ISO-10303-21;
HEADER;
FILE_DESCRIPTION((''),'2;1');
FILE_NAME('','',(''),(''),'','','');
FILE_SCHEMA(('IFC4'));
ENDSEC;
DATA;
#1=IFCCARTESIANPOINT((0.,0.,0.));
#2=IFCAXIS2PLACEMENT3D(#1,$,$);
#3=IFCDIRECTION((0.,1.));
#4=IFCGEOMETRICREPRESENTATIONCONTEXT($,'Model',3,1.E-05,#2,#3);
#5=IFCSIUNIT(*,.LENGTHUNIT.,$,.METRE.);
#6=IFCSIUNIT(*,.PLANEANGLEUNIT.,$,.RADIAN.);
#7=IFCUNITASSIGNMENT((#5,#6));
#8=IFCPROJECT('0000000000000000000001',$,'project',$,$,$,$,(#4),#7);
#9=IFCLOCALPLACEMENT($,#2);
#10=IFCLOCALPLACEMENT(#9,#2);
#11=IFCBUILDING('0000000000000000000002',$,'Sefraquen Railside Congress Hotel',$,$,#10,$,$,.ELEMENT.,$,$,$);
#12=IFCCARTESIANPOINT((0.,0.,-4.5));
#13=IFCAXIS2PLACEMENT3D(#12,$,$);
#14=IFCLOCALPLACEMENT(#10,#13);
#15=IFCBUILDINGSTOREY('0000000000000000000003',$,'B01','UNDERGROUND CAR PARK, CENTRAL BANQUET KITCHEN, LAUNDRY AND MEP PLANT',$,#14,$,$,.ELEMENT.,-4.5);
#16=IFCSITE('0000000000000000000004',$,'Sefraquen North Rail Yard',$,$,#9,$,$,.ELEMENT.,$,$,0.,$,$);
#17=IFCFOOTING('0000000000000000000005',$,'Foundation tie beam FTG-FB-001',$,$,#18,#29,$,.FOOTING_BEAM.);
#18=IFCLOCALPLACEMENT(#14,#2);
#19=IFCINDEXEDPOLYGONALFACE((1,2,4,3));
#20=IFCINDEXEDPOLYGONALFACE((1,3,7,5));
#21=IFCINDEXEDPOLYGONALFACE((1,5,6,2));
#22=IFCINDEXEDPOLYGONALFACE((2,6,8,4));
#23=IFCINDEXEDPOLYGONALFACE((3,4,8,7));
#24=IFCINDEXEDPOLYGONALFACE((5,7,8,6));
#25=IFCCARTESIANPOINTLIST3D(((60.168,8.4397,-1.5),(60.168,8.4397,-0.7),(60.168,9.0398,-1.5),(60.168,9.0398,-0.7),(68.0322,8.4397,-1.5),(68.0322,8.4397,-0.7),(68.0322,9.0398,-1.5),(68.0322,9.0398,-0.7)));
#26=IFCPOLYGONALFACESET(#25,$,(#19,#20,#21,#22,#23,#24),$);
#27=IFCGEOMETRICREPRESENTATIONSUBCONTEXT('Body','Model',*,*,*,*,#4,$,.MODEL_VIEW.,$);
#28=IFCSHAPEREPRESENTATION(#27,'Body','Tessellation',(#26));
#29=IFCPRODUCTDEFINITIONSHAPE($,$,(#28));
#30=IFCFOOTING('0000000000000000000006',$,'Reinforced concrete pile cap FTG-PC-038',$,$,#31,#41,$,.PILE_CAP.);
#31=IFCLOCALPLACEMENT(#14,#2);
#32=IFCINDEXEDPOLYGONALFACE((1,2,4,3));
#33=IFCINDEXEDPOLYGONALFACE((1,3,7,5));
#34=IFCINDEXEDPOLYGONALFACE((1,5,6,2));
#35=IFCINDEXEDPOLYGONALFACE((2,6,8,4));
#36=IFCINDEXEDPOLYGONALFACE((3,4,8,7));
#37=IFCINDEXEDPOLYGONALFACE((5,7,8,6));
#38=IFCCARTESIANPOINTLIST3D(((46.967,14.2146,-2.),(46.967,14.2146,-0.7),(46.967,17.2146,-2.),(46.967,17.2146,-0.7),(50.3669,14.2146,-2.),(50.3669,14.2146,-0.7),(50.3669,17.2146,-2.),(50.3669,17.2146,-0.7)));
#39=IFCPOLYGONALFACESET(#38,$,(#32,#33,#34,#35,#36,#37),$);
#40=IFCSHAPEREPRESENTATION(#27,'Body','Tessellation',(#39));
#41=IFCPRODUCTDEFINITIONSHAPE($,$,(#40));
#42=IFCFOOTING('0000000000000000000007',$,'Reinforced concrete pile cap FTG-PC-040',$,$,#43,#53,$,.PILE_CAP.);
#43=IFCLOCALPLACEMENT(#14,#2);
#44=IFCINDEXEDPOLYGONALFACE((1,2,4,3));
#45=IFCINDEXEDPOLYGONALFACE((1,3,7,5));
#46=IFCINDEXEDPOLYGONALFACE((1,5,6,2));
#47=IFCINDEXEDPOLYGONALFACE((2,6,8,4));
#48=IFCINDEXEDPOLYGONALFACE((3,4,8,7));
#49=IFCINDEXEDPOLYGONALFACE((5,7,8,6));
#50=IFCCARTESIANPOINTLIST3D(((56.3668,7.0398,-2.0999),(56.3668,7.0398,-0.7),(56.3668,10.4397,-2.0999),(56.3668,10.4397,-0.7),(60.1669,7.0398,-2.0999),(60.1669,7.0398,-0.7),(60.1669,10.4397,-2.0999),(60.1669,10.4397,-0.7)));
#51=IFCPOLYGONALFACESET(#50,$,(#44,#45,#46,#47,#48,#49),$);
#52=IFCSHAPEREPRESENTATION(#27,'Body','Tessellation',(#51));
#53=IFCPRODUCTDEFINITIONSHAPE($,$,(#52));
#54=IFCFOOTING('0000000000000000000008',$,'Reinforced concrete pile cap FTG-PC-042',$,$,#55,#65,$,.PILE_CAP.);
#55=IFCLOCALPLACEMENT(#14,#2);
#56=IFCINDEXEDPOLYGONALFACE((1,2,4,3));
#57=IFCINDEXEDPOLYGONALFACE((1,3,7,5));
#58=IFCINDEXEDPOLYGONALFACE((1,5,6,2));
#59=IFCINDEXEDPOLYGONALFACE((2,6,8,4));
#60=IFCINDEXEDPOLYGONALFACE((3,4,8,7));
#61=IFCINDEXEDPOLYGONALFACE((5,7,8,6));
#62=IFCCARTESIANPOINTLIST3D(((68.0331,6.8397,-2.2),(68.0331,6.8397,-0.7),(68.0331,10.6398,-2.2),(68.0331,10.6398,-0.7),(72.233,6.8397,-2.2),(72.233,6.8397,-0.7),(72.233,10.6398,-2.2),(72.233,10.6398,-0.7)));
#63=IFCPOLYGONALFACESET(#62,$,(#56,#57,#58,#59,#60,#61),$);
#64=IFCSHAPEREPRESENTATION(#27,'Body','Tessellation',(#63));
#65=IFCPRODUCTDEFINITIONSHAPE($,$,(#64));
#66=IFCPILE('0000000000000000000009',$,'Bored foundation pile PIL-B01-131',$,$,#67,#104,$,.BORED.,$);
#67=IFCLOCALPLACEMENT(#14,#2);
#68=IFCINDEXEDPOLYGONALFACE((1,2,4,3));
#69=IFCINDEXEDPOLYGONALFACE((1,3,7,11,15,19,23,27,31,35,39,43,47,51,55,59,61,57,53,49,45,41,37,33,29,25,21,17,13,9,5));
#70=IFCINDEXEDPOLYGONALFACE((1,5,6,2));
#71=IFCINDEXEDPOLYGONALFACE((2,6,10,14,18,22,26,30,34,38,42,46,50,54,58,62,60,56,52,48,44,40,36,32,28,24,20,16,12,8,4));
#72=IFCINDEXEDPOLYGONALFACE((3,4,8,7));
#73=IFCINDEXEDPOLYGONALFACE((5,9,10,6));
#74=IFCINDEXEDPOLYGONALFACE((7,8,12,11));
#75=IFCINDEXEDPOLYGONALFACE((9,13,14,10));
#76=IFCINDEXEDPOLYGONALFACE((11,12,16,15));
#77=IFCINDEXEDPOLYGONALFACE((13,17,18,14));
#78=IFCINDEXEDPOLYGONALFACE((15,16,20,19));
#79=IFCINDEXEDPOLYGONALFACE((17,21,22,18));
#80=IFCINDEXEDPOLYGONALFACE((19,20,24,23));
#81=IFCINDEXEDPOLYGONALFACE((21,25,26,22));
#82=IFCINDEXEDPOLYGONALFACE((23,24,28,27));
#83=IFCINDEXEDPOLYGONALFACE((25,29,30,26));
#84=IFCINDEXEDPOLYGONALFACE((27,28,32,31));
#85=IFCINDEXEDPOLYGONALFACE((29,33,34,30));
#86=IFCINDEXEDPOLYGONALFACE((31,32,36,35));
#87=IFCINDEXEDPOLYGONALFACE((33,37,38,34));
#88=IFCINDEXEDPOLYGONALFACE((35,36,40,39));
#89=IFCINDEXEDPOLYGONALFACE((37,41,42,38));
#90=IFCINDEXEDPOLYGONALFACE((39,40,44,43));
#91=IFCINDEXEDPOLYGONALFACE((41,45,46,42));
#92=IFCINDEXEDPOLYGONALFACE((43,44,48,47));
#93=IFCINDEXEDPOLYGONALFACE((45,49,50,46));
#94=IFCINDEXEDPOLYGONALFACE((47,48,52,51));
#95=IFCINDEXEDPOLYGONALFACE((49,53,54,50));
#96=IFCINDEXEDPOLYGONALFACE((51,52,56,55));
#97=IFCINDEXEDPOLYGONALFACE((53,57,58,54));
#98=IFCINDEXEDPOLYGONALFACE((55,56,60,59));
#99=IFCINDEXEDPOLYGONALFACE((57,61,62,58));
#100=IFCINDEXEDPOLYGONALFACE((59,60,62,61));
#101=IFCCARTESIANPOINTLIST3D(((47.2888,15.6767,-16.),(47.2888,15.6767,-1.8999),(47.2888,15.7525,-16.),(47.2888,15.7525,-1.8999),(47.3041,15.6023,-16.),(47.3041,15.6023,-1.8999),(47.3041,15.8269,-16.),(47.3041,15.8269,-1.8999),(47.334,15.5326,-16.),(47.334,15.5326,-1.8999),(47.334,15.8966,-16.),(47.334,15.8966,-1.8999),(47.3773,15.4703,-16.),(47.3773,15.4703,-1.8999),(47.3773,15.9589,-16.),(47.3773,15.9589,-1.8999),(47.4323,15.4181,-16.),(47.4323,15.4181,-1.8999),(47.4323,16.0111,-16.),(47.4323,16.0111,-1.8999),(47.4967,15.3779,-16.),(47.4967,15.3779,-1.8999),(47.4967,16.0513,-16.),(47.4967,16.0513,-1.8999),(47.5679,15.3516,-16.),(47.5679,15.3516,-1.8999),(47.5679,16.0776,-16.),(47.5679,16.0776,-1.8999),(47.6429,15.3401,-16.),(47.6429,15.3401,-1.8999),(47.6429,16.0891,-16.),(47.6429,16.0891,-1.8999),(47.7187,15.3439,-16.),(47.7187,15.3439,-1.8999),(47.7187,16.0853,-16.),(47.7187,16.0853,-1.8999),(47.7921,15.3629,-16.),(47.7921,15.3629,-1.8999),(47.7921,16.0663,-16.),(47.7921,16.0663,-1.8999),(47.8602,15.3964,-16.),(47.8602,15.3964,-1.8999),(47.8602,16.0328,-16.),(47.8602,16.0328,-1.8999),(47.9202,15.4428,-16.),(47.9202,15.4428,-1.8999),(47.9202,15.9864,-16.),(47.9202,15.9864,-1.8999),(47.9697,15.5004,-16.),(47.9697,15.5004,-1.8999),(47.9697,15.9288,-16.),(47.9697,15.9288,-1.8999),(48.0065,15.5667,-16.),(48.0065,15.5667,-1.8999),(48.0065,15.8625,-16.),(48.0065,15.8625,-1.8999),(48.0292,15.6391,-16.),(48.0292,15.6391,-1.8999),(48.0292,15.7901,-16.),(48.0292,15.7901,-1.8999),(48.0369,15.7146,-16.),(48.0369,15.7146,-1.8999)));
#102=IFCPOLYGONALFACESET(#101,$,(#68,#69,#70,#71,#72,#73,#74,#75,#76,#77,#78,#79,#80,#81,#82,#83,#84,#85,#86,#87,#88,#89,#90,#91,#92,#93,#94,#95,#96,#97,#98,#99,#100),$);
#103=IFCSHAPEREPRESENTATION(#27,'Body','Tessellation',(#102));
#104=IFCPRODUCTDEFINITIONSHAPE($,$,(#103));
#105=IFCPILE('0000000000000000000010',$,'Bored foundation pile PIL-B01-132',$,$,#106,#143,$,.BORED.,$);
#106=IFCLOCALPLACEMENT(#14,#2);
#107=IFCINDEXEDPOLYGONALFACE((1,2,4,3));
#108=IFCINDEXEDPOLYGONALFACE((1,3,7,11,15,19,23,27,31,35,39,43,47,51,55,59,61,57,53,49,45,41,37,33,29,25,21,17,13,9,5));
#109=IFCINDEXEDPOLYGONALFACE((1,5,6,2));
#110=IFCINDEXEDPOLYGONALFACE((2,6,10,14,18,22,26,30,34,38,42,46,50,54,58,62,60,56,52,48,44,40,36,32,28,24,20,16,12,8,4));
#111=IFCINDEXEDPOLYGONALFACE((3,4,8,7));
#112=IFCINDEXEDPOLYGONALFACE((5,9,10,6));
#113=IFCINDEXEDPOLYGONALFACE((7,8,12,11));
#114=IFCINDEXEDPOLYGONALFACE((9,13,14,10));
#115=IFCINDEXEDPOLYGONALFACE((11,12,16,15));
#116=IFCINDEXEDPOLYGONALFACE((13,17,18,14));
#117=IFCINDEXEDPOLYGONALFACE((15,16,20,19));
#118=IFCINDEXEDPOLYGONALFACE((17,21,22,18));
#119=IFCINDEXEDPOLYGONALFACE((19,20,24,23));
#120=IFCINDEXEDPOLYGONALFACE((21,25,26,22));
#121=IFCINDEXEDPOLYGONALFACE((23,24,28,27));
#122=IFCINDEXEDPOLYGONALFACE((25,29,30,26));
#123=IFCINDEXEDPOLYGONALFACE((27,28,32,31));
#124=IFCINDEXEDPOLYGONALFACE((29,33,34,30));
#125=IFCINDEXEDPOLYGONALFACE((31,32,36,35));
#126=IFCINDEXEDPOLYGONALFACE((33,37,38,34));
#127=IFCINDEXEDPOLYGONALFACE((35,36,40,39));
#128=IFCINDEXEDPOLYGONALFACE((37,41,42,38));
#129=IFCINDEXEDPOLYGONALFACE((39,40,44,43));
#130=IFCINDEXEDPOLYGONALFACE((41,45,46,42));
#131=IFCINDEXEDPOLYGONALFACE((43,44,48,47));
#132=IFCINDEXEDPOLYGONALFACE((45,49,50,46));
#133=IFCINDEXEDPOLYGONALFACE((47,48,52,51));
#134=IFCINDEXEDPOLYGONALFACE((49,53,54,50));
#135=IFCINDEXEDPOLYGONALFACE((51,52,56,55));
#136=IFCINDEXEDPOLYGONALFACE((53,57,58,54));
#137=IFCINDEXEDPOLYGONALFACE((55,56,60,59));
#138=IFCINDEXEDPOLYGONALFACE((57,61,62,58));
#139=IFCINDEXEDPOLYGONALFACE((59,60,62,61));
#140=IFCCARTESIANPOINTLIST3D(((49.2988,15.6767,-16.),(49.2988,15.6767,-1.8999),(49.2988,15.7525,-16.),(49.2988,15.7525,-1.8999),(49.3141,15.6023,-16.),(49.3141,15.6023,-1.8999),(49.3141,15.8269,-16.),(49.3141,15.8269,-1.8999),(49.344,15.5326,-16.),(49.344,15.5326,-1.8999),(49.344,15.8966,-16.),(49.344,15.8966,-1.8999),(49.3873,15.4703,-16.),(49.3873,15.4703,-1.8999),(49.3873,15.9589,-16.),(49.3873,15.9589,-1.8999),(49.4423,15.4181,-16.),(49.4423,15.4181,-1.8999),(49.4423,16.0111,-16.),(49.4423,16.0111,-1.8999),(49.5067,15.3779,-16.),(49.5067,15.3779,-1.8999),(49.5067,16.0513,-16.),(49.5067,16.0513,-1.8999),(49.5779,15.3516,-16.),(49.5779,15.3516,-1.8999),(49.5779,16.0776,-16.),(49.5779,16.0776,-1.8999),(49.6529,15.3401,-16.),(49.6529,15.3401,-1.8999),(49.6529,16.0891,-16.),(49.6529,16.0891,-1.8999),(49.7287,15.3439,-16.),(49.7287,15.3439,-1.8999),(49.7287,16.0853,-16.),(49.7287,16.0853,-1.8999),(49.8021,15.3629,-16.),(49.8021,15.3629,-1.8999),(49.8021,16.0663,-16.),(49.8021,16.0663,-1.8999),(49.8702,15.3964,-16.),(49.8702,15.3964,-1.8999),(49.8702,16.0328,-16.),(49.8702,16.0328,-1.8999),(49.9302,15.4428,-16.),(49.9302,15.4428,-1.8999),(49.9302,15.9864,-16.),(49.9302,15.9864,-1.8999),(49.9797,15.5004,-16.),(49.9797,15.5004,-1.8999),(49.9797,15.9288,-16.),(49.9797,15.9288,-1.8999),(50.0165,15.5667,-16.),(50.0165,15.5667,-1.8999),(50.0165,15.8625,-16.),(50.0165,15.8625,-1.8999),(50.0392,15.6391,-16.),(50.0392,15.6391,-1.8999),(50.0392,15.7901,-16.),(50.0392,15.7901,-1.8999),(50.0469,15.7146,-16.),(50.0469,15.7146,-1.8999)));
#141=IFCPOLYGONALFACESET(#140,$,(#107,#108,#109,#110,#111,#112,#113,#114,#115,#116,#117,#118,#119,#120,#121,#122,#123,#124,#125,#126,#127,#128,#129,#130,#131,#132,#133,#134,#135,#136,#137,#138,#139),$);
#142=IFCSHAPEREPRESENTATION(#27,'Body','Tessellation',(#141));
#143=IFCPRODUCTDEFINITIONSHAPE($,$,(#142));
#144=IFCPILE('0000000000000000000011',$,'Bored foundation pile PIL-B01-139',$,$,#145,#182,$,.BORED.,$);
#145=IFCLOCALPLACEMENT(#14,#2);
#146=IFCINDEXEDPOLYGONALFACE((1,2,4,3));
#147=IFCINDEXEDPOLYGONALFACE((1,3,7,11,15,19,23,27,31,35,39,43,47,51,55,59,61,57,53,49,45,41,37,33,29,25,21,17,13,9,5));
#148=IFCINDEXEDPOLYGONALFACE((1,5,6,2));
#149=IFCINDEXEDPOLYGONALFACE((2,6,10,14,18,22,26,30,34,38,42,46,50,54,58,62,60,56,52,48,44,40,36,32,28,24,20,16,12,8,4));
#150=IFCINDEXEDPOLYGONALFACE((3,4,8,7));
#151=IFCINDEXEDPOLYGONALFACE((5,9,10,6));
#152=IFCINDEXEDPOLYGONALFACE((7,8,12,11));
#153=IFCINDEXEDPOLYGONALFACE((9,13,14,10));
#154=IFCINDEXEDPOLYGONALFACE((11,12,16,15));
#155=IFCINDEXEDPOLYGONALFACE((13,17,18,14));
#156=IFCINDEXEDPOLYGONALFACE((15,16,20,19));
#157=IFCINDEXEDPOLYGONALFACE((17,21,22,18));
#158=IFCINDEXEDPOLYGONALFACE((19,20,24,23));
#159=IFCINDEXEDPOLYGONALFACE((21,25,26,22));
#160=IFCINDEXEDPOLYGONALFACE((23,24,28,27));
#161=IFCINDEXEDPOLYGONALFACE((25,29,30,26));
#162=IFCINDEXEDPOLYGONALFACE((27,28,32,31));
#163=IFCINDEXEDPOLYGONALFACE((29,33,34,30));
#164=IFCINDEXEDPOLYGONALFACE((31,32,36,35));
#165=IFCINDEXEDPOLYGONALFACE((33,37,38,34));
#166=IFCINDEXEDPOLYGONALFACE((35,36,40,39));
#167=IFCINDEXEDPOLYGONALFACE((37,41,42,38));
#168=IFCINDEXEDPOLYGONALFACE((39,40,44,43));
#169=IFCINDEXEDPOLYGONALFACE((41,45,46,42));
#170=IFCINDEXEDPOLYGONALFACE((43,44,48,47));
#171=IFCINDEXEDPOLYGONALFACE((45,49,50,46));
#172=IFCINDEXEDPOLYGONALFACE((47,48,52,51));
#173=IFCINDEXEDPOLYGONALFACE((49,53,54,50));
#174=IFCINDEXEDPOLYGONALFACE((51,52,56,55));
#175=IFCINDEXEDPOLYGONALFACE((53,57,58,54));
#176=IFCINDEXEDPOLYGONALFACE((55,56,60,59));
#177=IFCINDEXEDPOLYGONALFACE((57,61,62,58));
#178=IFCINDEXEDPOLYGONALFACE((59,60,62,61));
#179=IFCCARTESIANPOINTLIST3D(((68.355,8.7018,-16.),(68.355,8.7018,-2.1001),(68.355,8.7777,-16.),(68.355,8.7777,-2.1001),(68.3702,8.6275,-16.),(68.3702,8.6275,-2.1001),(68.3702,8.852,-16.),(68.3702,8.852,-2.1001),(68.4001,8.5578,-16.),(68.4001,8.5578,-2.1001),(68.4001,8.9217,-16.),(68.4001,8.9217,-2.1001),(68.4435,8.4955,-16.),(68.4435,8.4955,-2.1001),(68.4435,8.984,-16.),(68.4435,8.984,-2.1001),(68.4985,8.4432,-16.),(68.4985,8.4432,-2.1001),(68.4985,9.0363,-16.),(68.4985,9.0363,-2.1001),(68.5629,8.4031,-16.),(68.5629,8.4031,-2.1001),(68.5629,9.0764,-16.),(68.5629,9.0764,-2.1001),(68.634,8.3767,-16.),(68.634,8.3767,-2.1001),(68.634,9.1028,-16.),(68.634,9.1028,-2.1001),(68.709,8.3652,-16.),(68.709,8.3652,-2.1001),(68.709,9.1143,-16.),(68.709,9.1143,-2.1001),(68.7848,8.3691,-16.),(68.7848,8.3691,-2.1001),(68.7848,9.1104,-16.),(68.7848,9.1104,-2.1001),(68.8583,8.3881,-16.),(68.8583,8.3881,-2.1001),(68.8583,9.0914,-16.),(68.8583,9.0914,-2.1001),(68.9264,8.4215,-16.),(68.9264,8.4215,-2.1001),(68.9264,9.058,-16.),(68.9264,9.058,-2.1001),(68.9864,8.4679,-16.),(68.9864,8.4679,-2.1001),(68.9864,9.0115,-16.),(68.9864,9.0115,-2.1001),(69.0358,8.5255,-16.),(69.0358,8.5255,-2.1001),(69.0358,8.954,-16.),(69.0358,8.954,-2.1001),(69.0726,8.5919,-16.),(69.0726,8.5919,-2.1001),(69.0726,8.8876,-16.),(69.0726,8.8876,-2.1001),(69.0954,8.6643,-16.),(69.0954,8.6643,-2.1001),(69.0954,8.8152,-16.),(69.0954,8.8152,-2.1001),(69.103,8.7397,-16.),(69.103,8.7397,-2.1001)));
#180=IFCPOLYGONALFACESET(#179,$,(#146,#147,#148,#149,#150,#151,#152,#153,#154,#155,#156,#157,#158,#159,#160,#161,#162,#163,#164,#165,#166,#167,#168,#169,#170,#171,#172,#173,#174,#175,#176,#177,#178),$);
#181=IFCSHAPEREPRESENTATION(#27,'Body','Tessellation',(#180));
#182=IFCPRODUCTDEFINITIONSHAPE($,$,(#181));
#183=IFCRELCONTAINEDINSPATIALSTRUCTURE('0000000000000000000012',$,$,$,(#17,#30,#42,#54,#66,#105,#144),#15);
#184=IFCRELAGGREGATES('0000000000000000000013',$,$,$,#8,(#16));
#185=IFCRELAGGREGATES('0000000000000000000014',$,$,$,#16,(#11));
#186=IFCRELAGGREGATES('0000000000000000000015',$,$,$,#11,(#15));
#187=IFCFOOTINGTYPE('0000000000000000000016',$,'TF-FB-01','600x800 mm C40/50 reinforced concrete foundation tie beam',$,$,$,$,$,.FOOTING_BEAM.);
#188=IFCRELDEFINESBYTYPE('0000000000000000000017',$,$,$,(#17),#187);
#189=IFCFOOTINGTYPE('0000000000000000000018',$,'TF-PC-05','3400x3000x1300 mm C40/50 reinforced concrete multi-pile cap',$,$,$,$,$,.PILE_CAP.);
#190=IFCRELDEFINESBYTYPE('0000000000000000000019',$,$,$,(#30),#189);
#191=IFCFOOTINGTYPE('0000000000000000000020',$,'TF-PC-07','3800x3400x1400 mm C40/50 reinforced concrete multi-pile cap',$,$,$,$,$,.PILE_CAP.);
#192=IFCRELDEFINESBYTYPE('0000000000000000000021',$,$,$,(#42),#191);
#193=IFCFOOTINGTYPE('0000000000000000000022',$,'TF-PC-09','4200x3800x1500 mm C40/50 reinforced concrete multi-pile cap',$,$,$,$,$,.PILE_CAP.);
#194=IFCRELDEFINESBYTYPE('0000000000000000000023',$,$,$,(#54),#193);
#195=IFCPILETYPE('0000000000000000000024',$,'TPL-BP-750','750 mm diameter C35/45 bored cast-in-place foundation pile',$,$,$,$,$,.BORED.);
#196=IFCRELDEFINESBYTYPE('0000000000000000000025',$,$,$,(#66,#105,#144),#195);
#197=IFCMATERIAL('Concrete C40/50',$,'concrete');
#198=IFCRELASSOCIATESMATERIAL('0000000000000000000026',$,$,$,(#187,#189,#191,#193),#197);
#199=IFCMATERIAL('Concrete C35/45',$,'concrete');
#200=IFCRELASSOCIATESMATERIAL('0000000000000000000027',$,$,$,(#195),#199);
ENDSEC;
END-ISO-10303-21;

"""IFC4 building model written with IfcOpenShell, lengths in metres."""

from ifc_helpers import new_model, si_unit, direction, frame, origin, origin_2d, place, context, subcontext, project, spatial, rectangle, circle, extrude, material, material_profile, profile_set, type_object, element, save


model = new_model("IFC4")

# Units and contexts
model_context = context("Model", 3, precision=1e-05, world=origin(), true_north=direction((0.0, 1.0)))
body_context = subcontext(model_context, "Body", "Model", "MODEL_VIEW")
ifc_project = project(units=[si_unit("LENGTHUNIT", "METRE"), si_unit("PLANEANGLEUNIT", "RADIAN")], contexts=[model_context])

# Site, building, storey
site_placement = place(None, origin())
site = spatial("IfcSite", under=ifc_project, at=site_placement, Name="Sefraquen North Rail Yard", CompositionType="ELEMENT", RefElevation=0.0)
building_placement = place(site_placement, origin())
building = spatial("IfcBuilding", under=site, at=building_placement, Name="Sefraquen Railside Congress Hotel", CompositionType="ELEMENT")
storey_placement = place(building_placement, frame((0.0, 0.0, -4.5)))
storey = spatial("IfcBuildingStorey", under=building, at=storey_placement, Name="B01", Description="UNDERGROUND CAR PARK, CENTRAL BANQUET KITCHEN, LAUNDRY AND MEP PLANT", CompositionType="ELEMENT", Elevation=-4.5)

# Footings
ifc_material_1 = material(Name="Concrete C40/50", Category="concrete")
footing_type_1 = type_object("IfcFootingType", Name="TF-FB-01", Description="600x800 mm C40/50 reinforced concrete foundation tie beam", PredefinedType="FOOTING_BEAM", material=ifc_material_1)
footing_1_placement = place(storey_placement, frame((64.1001, 8.7397, -1.5), z_axis=(0.0, 0.0, 1.0), x_axis=(1.0, 0.0, 0.0)))
element("IfcFooting", 1, at=footing_1_placement, inside=storey, type_object=footing_type_1, Name="Foundation tie beam FTG-FB-001", PredefinedType="FOOTING_BEAM", context=body_context, shape_type="SweptSolid", body=[
    extrude(rectangle(XDim=7.8643, YDim=0.6001, at=origin_2d()), origin(), (0.0, 0.0, 1.0), 0.8),
])
footing_type_2 = type_object("IfcFootingType", Name="TF-PC-05", Description="3400x3000x1300 mm C40/50 reinforced concrete multi-pile cap", PredefinedType="PILE_CAP", material=ifc_material_1)
footing_2_placement = place(storey_placement, frame((48.667, 15.7146, -2.0), z_axis=(0.0, 0.0, 1.0), x_axis=(1.0, 0.0, 0.0)))
element("IfcFooting", 2, at=footing_2_placement, inside=storey, type_object=footing_type_2, Name="Reinforced concrete pile cap FTG-PC-038", PredefinedType="PILE_CAP", context=body_context, shape_type="SweptSolid", body=[
    extrude(rectangle(XDim=3.3999, YDim=3.0, at=origin_2d()), origin(), (0.0, 0.0, 1.0), 1.3),
])
footing_type_3 = type_object("IfcFootingType", Name="TF-PC-07", Description="3800x3400x1400 mm C40/50 reinforced concrete multi-pile cap", PredefinedType="PILE_CAP", material=ifc_material_1)
footing_3_placement = place(storey_placement, frame((58.2668, 8.7397, -2.0999), z_axis=(0.0, 0.0, 1.0), x_axis=(1.0, 0.0, 0.0)))
element("IfcFooting", 3, at=footing_3_placement, inside=storey, type_object=footing_type_3, Name="Reinforced concrete pile cap FTG-PC-040", PredefinedType="PILE_CAP", context=body_context, shape_type="SweptSolid", body=[
    extrude(rectangle(XDim=3.8, YDim=3.3999, at=origin_2d()), origin(), (0.0, 0.0, 1.0), 1.3999),
])
footing_type_4 = type_object("IfcFootingType", Name="TF-PC-09", Description="4200x3800x1500 mm C40/50 reinforced concrete multi-pile cap", PredefinedType="PILE_CAP", material=ifc_material_1)
footing_4_placement = place(storey_placement, frame((70.1331, 8.7397, -2.2), z_axis=(0.0, 0.0, 1.0), x_axis=(1.0, 0.0, 0.0)))
element("IfcFooting", 4, at=footing_4_placement, inside=storey, type_object=footing_type_4, Name="Reinforced concrete pile cap FTG-PC-042", PredefinedType="PILE_CAP", context=body_context, shape_type="SweptSolid", body=[
    extrude(rectangle(XDim=4.2, YDim=3.8, at=origin_2d()), origin(), (0.0, 0.0, 1.0), 1.5),
])

# Piles
ifc_material_2 = material(Name="Concrete C35/45", Category="concrete")
ifc_material_profile_1 = material_profile(ifc_material_2, circle(Radius=0.375, at=origin_2d()), Name="BORED PILE 750")
ifc_profile_set_1 = profile_set([ifc_material_profile_1], Name="Concrete C35/45")
pile_type_1 = type_object("IfcPileType", Name="TPL-BP-750", Description="750 mm diameter C35/45 bored cast-in-place foundation pile", PredefinedType="BORED", material=ifc_profile_set_1)
for number, where, z_axis, x_axis, name in (
    (5, (47.6619, 15.7146, -1.8999), (0.0, 0.0, -1.0), (1.0, 0.0, 0.0), "Bored foundation pile PIL-B01-131"),
    (6, (49.6719, 15.7146, -1.8999), (0.0, 0.0, -1.0), (1.0, 0.0, 0.0), "Bored foundation pile PIL-B01-132"),
):
    element("IfcPile", number, at=place(storey_placement, frame(where, z_axis=z_axis, x_axis=x_axis)), inside=storey, type_object=pile_type_1, Name=name, PredefinedType="BORED", context=body_context, shape_type="SweptSolid", body=[
        extrude(circle(Radius=0.375, at=origin_2d()), origin(), (0.0, 0.0, 1.0), 14.1001),
    ])
for number, where, z_axis, x_axis, name in (
    (7, (68.728, 8.7397, -2.1001), (0.0, 0.0, -1.0), (1.0, 0.0, 0.0), "Bored foundation pile PIL-B01-139"),
):
    element("IfcPile", number, at=place(storey_placement, frame(where, z_axis=z_axis, x_axis=x_axis)), inside=storey, type_object=pile_type_1, Name=name, PredefinedType="BORED", context=body_context, shape_type="SweptSolid", body=[
        extrude(circle(Radius=0.375, at=origin_2d()), origin(), (0.0, 0.0, 1.0), 13.8999),
    ])

save(model, "model.ifc")
